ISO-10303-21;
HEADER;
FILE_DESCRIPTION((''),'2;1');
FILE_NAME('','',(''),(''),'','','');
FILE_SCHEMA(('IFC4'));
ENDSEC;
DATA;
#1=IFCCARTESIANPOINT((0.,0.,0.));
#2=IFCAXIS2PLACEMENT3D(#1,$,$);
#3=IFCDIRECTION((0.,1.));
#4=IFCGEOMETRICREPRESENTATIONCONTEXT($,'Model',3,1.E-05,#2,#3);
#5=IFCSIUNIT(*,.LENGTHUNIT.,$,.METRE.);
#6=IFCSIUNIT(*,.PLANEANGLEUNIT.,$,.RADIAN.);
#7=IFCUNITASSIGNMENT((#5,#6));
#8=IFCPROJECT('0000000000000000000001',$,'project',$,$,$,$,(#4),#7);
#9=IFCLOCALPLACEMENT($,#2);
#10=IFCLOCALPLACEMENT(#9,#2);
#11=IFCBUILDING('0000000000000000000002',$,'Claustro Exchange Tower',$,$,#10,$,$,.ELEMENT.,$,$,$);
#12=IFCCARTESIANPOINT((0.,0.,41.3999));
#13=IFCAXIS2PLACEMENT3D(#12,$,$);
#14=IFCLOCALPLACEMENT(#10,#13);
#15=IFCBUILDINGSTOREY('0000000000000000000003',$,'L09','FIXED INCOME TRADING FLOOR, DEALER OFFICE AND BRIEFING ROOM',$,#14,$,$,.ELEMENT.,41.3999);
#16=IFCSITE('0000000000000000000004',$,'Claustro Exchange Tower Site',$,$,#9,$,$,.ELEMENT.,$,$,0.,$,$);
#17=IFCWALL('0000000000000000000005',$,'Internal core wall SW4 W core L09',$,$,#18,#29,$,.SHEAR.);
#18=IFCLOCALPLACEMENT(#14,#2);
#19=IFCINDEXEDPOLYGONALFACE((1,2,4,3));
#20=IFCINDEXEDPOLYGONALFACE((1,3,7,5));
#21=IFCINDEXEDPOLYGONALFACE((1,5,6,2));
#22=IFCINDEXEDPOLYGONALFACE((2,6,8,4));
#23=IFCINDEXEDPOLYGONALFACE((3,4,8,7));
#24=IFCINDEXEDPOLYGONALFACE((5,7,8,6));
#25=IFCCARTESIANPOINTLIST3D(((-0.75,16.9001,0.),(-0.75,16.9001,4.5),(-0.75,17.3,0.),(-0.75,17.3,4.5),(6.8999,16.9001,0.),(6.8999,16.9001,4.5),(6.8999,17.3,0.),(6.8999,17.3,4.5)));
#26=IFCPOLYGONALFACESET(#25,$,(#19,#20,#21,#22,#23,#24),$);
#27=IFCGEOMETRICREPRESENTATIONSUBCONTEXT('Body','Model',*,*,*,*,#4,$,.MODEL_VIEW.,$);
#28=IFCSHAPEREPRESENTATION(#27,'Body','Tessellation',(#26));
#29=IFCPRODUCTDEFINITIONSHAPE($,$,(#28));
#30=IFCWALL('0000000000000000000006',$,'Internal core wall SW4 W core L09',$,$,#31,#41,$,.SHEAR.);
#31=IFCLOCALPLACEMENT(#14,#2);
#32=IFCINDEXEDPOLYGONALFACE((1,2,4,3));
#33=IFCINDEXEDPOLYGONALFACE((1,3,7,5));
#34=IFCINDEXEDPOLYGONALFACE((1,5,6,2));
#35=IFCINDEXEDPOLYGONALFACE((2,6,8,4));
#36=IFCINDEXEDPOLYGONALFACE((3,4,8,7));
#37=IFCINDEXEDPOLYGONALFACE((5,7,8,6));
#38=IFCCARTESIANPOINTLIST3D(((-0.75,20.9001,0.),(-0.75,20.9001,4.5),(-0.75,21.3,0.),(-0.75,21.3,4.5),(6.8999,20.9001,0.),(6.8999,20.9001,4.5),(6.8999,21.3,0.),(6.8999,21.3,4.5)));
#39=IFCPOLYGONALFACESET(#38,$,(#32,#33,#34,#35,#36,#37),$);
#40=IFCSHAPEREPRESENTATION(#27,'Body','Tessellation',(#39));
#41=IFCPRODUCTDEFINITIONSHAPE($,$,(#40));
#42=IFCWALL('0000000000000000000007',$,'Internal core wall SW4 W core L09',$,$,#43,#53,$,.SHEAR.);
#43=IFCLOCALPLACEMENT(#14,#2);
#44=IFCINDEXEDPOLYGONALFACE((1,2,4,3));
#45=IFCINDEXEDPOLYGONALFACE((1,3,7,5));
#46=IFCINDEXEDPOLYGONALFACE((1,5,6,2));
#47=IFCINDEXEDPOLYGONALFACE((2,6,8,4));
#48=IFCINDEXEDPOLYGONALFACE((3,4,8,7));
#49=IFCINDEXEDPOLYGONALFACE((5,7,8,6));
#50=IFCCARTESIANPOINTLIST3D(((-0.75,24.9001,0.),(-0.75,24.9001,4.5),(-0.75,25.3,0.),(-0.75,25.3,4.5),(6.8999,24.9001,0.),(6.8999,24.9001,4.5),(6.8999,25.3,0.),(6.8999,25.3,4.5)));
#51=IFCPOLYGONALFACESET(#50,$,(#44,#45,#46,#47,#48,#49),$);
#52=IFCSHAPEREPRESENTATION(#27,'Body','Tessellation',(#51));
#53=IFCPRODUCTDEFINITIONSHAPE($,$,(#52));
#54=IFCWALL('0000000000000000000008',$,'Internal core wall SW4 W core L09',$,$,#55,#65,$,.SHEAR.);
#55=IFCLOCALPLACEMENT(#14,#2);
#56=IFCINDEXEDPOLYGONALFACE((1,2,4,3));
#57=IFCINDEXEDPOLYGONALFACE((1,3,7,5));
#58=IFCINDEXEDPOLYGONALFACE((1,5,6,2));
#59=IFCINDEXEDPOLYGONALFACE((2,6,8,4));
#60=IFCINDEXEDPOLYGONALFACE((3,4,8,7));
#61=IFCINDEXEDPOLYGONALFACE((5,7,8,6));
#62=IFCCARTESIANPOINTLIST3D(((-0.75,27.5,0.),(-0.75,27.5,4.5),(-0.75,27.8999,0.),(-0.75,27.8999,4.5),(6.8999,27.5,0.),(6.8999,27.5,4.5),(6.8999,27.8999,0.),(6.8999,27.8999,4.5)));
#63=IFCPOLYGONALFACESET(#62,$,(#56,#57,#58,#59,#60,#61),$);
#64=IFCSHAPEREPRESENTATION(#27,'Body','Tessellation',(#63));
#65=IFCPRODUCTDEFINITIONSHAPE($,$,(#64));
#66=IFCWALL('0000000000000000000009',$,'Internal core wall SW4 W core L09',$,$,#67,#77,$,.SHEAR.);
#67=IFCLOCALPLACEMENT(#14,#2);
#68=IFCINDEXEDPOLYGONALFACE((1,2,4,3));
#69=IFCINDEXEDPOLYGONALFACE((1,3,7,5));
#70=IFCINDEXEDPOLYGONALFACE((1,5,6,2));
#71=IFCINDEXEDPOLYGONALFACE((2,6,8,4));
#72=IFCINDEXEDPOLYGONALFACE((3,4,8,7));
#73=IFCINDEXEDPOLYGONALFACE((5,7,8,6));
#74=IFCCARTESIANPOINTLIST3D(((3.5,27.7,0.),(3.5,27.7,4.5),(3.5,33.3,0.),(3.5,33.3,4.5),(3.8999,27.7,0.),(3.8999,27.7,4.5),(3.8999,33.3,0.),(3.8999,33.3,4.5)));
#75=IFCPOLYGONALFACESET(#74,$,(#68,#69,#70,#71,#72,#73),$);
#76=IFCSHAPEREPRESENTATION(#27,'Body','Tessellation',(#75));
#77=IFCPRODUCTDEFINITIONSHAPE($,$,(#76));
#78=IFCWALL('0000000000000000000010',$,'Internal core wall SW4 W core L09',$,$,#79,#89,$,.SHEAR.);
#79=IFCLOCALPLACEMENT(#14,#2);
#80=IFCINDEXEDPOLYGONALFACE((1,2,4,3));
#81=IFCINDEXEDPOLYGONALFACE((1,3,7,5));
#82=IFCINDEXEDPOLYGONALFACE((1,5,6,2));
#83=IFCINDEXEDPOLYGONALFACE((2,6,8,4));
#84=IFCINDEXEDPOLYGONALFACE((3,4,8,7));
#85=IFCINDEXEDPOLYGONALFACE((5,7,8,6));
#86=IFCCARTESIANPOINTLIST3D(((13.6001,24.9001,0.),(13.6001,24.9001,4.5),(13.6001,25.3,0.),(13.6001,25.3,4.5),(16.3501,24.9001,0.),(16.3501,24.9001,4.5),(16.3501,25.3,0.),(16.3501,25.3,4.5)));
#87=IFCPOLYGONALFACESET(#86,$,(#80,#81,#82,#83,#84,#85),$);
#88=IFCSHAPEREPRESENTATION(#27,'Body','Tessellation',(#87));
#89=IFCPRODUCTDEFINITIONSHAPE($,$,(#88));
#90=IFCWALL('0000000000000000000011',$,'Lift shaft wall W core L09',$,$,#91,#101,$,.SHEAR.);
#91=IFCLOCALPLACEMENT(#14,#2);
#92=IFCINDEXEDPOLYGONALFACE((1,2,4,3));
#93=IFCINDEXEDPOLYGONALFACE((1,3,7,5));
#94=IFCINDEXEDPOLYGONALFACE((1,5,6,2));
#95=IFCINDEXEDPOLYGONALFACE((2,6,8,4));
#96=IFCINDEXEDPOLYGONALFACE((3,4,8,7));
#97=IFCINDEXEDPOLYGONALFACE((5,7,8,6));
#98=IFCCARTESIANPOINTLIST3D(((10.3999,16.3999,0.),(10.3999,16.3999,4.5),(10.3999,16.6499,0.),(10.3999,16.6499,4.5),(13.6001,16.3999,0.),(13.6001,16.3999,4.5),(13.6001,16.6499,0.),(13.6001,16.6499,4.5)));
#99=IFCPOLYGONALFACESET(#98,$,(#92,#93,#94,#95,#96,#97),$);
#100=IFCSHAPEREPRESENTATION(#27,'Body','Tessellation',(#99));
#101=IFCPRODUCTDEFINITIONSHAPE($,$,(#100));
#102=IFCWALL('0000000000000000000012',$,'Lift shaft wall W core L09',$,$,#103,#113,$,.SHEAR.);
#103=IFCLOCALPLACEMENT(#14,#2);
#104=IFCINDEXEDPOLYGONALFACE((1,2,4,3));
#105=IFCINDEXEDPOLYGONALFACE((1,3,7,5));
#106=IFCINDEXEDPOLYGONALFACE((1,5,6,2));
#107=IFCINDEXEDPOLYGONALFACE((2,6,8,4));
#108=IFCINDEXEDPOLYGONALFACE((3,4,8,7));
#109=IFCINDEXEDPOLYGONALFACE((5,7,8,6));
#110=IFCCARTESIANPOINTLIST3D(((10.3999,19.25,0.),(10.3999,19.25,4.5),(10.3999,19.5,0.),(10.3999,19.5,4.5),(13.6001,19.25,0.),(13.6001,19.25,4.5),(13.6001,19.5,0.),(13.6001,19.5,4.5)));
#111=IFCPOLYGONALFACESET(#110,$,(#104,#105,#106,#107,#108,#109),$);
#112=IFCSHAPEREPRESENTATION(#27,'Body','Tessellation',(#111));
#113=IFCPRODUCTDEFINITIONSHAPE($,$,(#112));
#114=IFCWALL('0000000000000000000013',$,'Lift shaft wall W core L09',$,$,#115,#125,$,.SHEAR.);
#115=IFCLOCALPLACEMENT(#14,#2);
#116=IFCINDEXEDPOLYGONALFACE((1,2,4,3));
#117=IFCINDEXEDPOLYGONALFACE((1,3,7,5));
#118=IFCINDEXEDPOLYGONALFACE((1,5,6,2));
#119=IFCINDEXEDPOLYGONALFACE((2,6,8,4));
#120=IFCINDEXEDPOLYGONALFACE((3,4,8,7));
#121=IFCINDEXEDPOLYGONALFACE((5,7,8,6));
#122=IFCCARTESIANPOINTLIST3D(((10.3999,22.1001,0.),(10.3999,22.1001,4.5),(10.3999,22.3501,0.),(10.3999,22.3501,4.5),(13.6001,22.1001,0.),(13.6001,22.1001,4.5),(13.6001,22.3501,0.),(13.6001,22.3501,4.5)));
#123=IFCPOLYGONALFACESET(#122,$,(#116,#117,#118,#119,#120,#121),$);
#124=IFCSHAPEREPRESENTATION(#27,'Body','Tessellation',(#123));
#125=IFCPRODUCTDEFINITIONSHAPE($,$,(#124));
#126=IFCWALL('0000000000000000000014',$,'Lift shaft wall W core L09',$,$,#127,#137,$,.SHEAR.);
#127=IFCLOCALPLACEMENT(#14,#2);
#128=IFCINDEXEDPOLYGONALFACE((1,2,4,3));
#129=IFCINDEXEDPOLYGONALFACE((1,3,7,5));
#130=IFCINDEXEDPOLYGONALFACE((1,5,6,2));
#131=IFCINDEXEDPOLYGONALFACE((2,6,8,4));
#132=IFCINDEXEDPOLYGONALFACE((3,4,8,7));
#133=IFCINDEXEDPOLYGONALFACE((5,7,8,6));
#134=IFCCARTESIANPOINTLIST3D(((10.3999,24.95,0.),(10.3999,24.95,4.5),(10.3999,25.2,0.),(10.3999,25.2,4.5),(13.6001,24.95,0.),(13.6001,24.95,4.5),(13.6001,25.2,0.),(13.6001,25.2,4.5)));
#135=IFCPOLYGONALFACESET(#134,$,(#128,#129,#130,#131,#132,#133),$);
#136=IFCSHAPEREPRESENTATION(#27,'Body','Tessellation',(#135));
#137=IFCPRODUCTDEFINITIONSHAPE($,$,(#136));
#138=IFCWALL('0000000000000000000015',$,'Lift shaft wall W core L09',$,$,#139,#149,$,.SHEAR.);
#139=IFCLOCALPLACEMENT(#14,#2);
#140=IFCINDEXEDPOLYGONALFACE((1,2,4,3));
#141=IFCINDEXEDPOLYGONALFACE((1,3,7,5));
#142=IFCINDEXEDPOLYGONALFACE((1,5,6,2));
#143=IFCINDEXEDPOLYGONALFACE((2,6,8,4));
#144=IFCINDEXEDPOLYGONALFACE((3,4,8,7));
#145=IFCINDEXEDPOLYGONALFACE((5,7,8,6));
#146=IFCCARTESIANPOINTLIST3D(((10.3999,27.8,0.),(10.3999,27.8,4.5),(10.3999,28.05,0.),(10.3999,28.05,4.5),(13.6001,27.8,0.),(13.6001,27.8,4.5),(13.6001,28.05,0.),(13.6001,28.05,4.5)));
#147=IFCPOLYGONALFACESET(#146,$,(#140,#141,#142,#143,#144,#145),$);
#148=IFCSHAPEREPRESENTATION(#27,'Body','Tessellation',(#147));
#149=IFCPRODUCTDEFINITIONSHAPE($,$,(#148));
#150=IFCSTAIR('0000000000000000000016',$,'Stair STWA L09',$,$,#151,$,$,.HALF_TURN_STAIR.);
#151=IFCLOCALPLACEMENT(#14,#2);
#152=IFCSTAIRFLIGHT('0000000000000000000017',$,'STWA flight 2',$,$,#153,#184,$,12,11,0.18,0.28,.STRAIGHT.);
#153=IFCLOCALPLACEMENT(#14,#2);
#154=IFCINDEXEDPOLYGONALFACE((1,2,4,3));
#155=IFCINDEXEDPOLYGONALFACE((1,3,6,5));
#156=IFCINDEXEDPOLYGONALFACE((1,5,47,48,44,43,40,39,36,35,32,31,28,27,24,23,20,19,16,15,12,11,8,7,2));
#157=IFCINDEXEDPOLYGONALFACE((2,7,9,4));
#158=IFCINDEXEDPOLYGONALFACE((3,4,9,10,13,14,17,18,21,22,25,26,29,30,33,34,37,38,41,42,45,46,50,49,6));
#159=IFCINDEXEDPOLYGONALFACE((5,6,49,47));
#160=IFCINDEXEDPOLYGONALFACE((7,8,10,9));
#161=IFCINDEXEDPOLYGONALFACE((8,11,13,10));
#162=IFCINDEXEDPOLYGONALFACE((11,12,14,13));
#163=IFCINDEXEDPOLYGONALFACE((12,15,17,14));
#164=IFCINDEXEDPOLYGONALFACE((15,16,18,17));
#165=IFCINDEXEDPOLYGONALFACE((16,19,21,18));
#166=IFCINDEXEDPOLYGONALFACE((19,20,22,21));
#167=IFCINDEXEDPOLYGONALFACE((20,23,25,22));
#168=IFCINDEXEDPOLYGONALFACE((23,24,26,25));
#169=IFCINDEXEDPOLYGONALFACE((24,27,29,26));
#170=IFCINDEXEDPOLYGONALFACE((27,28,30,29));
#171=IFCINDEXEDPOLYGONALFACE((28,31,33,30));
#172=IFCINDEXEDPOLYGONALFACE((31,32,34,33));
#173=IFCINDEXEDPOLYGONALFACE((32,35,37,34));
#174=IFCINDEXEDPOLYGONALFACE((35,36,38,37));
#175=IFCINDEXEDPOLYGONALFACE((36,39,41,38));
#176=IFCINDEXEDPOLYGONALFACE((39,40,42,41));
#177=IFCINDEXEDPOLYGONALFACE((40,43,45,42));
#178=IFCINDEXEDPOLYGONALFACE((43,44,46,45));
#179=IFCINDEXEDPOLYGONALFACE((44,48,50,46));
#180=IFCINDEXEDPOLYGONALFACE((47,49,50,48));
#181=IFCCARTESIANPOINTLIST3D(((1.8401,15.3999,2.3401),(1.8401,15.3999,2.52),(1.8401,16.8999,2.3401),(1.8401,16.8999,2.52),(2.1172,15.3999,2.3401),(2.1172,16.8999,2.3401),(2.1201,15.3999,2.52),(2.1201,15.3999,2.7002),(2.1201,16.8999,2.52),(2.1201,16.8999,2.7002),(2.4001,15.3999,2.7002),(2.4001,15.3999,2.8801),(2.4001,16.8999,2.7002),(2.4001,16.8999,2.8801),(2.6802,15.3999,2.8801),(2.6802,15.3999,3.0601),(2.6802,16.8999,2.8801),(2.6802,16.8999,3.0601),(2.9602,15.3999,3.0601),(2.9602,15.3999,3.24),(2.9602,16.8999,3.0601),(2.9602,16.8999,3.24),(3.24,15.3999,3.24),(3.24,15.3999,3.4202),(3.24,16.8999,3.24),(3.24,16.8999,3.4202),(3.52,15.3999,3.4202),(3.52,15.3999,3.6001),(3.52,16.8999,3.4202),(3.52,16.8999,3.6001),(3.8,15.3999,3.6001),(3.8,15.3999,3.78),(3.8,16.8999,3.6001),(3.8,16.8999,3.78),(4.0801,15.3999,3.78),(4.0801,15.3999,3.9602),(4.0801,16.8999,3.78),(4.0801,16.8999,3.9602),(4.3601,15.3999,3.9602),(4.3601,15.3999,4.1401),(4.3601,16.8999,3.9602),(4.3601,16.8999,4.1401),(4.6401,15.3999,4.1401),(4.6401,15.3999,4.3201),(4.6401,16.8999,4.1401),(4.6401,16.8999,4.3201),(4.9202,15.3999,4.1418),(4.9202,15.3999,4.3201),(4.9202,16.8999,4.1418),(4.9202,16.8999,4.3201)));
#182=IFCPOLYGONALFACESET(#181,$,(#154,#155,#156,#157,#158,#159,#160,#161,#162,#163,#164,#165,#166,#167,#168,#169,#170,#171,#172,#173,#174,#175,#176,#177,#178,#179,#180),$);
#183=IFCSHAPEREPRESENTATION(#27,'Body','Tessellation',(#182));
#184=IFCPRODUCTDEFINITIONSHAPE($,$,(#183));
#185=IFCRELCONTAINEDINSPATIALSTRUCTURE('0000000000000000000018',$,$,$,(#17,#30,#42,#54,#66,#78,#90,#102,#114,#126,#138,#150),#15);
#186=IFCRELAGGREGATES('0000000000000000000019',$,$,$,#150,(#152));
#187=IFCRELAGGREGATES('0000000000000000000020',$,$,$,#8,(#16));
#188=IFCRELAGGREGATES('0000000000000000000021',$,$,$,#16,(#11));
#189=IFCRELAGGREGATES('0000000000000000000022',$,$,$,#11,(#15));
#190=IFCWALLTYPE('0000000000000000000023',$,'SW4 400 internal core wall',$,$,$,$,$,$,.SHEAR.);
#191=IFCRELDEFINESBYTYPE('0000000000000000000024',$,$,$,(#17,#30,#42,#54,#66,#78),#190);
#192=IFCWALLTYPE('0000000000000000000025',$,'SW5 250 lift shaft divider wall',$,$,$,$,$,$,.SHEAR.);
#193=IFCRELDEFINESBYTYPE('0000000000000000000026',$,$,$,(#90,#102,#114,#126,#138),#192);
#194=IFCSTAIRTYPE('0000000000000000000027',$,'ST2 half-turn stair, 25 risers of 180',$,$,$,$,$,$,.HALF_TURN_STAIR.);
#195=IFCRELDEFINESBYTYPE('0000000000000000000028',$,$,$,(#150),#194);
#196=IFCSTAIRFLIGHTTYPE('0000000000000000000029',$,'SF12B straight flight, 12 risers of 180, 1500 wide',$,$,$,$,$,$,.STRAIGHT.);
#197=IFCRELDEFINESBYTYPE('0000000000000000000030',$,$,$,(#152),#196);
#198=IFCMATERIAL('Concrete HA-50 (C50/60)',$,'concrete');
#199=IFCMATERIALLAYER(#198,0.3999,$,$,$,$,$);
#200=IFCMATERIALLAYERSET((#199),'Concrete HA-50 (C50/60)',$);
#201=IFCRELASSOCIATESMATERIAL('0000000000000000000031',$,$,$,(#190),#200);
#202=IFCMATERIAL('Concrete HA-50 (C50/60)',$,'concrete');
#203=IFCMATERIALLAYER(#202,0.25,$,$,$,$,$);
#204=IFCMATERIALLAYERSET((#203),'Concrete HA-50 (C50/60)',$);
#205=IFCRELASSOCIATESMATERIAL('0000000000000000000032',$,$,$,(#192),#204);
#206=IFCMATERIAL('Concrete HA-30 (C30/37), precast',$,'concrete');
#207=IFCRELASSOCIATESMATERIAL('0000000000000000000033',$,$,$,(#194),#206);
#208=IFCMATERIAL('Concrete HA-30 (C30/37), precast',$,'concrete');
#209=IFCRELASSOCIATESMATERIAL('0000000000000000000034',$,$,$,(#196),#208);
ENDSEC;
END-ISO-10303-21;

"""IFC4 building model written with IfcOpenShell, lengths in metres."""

from ifc_helpers import new_model, si_unit, direction, frame, frame_2d, origin, place, context, subcontext, project, spatial, polyline, rectangle, outline, extrude, material, layer, layer_set, type_object, element, aggregate, save


model = new_model("IFC4")

# Units and contexts
model_context = context("Model", 3, precision=1e-05, world=origin(), true_north=direction((0.0, 1.0)))
body_context = subcontext(model_context, "Body", "Model", "MODEL_VIEW")
ifc_project = project(units=[si_unit("LENGTHUNIT", "METRE"), si_unit("PLANEANGLEUNIT", "RADIAN")], contexts=[model_context])

# Site, building, storey
site_placement = place(None, origin())
site = spatial("IfcSite", under=ifc_project, at=site_placement, Name="Claustro Exchange Tower Site", CompositionType="ELEMENT", RefElevation=0.0)
building_placement = place(site_placement, origin())
building = spatial("IfcBuilding", under=site, at=building_placement, Name="Claustro Exchange Tower", CompositionType="ELEMENT")
storey_placement = place(building_placement, frame((0.0, 0.0, 41.3999)))
storey = spatial("IfcBuildingStorey", under=building, at=storey_placement, Name="L09", Description="FIXED INCOME TRADING FLOOR, DEALER OFFICE AND BRIEFING ROOM", CompositionType="ELEMENT", Elevation=41.3999)

# Walls
ifc_material_1 = material(Name="Concrete HA-50 (C50/60)", Category="concrete")
ifc_layer_1 = layer(ifc_material_1, 0.3999)
ifc_layer_set_1 = layer_set([ifc_layer_1], Name="Concrete HA-50 (C50/60)")
wall_type_1 = type_object("IfcWallType", Name="SW4 400 internal core wall", PredefinedType="SHEAR", material=ifc_layer_set_1)
for number, where, z_axis, x_axis, name in (
    (1, (-0.75, 17.1001, 0.0), (0.0, 0.0, 1.0), (1.0, 0.0, 0.0), "Internal core wall SW4 W core L09"),
    (2, (-0.75, 21.1001, 0.0), (0.0, 0.0, 1.0), (1.0, 0.0, 0.0), "Internal core wall SW4 W core L09"),
    (3, (-0.75, 25.1001, 0.0), (0.0, 0.0, 1.0), (1.0, 0.0, 0.0), "Internal core wall SW4 W core L09"),
    (4, (-0.75, 27.7, 0.0), (0.0, 0.0, 1.0), (1.0, 0.0, 0.0), "Internal core wall SW4 W core L09"),
):
    element("IfcWall", number, at=place(storey_placement, frame(where, z_axis=z_axis, x_axis=x_axis)), inside=storey, type_object=wall_type_1, Name=name, PredefinedType="SHEAR", context=body_context, shape_type="SweptSolid", body=[
        extrude(rectangle(XDim=7.6499, YDim=0.3999, at=frame_2d((3.825, 0.0))), origin(), (0.0, 0.0, 1.0), 4.5),
    ])
wall_1_placement = place(storey_placement, frame((3.7, 27.7, 0.0), z_axis=(0.0, 0.0, 1.0), x_axis=(0.0, 1.0, 0.0)))
element("IfcWall", 5, at=wall_1_placement, inside=storey, type_object=wall_type_1, Name="Internal core wall SW4 W core L09", PredefinedType="SHEAR", context=body_context, shape_type="SweptSolid", body=[
    extrude(rectangle(XDim=5.6001, YDim=0.3999, at=frame_2d((2.8, 0.0))), origin(), (0.0, 0.0, 1.0), 4.5),
])
wall_2_placement = place(storey_placement, frame((13.6001, 25.1001, 0.0), z_axis=(0.0, 0.0, 1.0), x_axis=(1.0, 0.0, 0.0)))
element("IfcWall", 6, at=wall_2_placement, inside=storey, type_object=wall_type_1, Name="Internal core wall SW4 W core L09", PredefinedType="SHEAR", context=body_context, shape_type="SweptSolid", body=[
    extrude(rectangle(XDim=2.75, YDim=0.3999, at=frame_2d((1.375, 0.0))), origin(), (0.0, 0.0, 1.0), 4.5),
])
ifc_material_2 = material(Name="Concrete HA-50 (C50/60)", Category="concrete")
ifc_layer_2 = layer(ifc_material_2, 0.25)
ifc_layer_set_2 = layer_set([ifc_layer_2], Name="Concrete HA-50 (C50/60)")
wall_type_2 = type_object("IfcWallType", Name="SW5 250 lift shaft divider wall", PredefinedType="SHEAR", material=ifc_layer_set_2)
for number, where, z_axis, x_axis, name in (
    (7, (10.3999, 16.5249, 0.0), (0.0, 0.0, 1.0), (1.0, 0.0, 0.0), "Lift shaft wall W core L09"),
    (8, (10.3999, 19.375, 0.0), (0.0, 0.0, 1.0), (1.0, 0.0, 0.0), "Lift shaft wall W core L09"),
    (9, (10.3999, 22.2251, 0.0), (0.0, 0.0, 1.0), (1.0, 0.0, 0.0), "Lift shaft wall W core L09"),
    (10, (10.3999, 25.075, 0.0), (0.0, 0.0, 1.0), (1.0, 0.0, 0.0), "Lift shaft wall W core L09"),
    (11, (10.3999, 27.925, 0.0), (0.0, 0.0, 1.0), (1.0, 0.0, 0.0), "Lift shaft wall W core L09"),
):
    element("IfcWall", number, at=place(storey_placement, frame(where, z_axis=z_axis, x_axis=x_axis)), inside=storey, type_object=wall_type_2, Name=name, PredefinedType="SHEAR", context=body_context, shape_type="SweptSolid", body=[
        extrude(rectangle(XDim=3.2002, YDim=0.25, at=frame_2d((1.6001, 0.0))), origin(), (0.0, 0.0, 1.0), 4.5),
    ])

# Stair, stair flight
ifc_material_3 = material(Name="Concrete HA-30 (C30/37), precast", Category="concrete")
stair_type = type_object("IfcStairType", Name="ST2 half-turn stair, 25 risers of 180", PredefinedType="HALF_TURN_STAIR", material=ifc_material_3)
stair_placement = place(storey_placement, origin())
stair = element("IfcStair", 12, at=stair_placement, inside=storey, type_object=stair_type, Name="Stair STWA L09", PredefinedType="HALF_TURN_STAIR")
ifc_material_4 = material(Name="Concrete HA-30 (C30/37), precast", Category="concrete")
stair_flight_type = type_object("IfcStairFlightType", Name="SF12B straight flight, 12 risers of 180, 1500 wide", PredefinedType="STRAIGHT", material=ifc_material_4)
stair_flight_placement = place(storey_placement, frame((1.8401, 16.1499, 2.3401), z_axis=(0.0, 0.0, 1.0), x_axis=(1.0, 0.0, 0.0)))
stair_flight = element("IfcStairFlight", 13, at=stair_flight_placement, type_object=stair_flight_type, Name="STWA flight 2", NumberOfRisers=12, NumberOfTreads=11, PredefinedType="STRAIGHT", RiserHeight=0.18, TreadLength=0.28, context=body_context, shape_type="SweptSolid", body=[
    extrude(outline(polyline([(0.0, 0.0), (0.0, 0.1799), (0.28, 0.1799), (0.28, 0.3601), (0.5601, 0.3601), (0.5601, 0.54), (0.8401, 0.54), (0.8401, 0.72), (1.1201, 0.72), (1.1201, 0.8999), (1.3999, 0.8999), (1.3999, 1.0801), (1.6799, 1.0801), (1.6799, 1.26), (1.96, 1.26), (1.96, 1.4399), (2.24, 1.4399), (2.24, 1.6201), (2.52, 1.6201), (2.52, 1.8), (2.8, 1.8), (2.8, 1.98), (3.0801, 1.98), (3.0801, 2.1599), (3.0801, 1.8018), (0.2771, 0.0), (0.0, 0.0)])), frame((0.0, 0.75, 0.0), z_axis=(0.0, -1.0, 0.0), x_axis=(1.0, 0.0, 0.0)), (0.0, 0.0, 1.0), 1.5),
])
aggregate(stair, [stair_flight])

save(model, "model.ifc")
